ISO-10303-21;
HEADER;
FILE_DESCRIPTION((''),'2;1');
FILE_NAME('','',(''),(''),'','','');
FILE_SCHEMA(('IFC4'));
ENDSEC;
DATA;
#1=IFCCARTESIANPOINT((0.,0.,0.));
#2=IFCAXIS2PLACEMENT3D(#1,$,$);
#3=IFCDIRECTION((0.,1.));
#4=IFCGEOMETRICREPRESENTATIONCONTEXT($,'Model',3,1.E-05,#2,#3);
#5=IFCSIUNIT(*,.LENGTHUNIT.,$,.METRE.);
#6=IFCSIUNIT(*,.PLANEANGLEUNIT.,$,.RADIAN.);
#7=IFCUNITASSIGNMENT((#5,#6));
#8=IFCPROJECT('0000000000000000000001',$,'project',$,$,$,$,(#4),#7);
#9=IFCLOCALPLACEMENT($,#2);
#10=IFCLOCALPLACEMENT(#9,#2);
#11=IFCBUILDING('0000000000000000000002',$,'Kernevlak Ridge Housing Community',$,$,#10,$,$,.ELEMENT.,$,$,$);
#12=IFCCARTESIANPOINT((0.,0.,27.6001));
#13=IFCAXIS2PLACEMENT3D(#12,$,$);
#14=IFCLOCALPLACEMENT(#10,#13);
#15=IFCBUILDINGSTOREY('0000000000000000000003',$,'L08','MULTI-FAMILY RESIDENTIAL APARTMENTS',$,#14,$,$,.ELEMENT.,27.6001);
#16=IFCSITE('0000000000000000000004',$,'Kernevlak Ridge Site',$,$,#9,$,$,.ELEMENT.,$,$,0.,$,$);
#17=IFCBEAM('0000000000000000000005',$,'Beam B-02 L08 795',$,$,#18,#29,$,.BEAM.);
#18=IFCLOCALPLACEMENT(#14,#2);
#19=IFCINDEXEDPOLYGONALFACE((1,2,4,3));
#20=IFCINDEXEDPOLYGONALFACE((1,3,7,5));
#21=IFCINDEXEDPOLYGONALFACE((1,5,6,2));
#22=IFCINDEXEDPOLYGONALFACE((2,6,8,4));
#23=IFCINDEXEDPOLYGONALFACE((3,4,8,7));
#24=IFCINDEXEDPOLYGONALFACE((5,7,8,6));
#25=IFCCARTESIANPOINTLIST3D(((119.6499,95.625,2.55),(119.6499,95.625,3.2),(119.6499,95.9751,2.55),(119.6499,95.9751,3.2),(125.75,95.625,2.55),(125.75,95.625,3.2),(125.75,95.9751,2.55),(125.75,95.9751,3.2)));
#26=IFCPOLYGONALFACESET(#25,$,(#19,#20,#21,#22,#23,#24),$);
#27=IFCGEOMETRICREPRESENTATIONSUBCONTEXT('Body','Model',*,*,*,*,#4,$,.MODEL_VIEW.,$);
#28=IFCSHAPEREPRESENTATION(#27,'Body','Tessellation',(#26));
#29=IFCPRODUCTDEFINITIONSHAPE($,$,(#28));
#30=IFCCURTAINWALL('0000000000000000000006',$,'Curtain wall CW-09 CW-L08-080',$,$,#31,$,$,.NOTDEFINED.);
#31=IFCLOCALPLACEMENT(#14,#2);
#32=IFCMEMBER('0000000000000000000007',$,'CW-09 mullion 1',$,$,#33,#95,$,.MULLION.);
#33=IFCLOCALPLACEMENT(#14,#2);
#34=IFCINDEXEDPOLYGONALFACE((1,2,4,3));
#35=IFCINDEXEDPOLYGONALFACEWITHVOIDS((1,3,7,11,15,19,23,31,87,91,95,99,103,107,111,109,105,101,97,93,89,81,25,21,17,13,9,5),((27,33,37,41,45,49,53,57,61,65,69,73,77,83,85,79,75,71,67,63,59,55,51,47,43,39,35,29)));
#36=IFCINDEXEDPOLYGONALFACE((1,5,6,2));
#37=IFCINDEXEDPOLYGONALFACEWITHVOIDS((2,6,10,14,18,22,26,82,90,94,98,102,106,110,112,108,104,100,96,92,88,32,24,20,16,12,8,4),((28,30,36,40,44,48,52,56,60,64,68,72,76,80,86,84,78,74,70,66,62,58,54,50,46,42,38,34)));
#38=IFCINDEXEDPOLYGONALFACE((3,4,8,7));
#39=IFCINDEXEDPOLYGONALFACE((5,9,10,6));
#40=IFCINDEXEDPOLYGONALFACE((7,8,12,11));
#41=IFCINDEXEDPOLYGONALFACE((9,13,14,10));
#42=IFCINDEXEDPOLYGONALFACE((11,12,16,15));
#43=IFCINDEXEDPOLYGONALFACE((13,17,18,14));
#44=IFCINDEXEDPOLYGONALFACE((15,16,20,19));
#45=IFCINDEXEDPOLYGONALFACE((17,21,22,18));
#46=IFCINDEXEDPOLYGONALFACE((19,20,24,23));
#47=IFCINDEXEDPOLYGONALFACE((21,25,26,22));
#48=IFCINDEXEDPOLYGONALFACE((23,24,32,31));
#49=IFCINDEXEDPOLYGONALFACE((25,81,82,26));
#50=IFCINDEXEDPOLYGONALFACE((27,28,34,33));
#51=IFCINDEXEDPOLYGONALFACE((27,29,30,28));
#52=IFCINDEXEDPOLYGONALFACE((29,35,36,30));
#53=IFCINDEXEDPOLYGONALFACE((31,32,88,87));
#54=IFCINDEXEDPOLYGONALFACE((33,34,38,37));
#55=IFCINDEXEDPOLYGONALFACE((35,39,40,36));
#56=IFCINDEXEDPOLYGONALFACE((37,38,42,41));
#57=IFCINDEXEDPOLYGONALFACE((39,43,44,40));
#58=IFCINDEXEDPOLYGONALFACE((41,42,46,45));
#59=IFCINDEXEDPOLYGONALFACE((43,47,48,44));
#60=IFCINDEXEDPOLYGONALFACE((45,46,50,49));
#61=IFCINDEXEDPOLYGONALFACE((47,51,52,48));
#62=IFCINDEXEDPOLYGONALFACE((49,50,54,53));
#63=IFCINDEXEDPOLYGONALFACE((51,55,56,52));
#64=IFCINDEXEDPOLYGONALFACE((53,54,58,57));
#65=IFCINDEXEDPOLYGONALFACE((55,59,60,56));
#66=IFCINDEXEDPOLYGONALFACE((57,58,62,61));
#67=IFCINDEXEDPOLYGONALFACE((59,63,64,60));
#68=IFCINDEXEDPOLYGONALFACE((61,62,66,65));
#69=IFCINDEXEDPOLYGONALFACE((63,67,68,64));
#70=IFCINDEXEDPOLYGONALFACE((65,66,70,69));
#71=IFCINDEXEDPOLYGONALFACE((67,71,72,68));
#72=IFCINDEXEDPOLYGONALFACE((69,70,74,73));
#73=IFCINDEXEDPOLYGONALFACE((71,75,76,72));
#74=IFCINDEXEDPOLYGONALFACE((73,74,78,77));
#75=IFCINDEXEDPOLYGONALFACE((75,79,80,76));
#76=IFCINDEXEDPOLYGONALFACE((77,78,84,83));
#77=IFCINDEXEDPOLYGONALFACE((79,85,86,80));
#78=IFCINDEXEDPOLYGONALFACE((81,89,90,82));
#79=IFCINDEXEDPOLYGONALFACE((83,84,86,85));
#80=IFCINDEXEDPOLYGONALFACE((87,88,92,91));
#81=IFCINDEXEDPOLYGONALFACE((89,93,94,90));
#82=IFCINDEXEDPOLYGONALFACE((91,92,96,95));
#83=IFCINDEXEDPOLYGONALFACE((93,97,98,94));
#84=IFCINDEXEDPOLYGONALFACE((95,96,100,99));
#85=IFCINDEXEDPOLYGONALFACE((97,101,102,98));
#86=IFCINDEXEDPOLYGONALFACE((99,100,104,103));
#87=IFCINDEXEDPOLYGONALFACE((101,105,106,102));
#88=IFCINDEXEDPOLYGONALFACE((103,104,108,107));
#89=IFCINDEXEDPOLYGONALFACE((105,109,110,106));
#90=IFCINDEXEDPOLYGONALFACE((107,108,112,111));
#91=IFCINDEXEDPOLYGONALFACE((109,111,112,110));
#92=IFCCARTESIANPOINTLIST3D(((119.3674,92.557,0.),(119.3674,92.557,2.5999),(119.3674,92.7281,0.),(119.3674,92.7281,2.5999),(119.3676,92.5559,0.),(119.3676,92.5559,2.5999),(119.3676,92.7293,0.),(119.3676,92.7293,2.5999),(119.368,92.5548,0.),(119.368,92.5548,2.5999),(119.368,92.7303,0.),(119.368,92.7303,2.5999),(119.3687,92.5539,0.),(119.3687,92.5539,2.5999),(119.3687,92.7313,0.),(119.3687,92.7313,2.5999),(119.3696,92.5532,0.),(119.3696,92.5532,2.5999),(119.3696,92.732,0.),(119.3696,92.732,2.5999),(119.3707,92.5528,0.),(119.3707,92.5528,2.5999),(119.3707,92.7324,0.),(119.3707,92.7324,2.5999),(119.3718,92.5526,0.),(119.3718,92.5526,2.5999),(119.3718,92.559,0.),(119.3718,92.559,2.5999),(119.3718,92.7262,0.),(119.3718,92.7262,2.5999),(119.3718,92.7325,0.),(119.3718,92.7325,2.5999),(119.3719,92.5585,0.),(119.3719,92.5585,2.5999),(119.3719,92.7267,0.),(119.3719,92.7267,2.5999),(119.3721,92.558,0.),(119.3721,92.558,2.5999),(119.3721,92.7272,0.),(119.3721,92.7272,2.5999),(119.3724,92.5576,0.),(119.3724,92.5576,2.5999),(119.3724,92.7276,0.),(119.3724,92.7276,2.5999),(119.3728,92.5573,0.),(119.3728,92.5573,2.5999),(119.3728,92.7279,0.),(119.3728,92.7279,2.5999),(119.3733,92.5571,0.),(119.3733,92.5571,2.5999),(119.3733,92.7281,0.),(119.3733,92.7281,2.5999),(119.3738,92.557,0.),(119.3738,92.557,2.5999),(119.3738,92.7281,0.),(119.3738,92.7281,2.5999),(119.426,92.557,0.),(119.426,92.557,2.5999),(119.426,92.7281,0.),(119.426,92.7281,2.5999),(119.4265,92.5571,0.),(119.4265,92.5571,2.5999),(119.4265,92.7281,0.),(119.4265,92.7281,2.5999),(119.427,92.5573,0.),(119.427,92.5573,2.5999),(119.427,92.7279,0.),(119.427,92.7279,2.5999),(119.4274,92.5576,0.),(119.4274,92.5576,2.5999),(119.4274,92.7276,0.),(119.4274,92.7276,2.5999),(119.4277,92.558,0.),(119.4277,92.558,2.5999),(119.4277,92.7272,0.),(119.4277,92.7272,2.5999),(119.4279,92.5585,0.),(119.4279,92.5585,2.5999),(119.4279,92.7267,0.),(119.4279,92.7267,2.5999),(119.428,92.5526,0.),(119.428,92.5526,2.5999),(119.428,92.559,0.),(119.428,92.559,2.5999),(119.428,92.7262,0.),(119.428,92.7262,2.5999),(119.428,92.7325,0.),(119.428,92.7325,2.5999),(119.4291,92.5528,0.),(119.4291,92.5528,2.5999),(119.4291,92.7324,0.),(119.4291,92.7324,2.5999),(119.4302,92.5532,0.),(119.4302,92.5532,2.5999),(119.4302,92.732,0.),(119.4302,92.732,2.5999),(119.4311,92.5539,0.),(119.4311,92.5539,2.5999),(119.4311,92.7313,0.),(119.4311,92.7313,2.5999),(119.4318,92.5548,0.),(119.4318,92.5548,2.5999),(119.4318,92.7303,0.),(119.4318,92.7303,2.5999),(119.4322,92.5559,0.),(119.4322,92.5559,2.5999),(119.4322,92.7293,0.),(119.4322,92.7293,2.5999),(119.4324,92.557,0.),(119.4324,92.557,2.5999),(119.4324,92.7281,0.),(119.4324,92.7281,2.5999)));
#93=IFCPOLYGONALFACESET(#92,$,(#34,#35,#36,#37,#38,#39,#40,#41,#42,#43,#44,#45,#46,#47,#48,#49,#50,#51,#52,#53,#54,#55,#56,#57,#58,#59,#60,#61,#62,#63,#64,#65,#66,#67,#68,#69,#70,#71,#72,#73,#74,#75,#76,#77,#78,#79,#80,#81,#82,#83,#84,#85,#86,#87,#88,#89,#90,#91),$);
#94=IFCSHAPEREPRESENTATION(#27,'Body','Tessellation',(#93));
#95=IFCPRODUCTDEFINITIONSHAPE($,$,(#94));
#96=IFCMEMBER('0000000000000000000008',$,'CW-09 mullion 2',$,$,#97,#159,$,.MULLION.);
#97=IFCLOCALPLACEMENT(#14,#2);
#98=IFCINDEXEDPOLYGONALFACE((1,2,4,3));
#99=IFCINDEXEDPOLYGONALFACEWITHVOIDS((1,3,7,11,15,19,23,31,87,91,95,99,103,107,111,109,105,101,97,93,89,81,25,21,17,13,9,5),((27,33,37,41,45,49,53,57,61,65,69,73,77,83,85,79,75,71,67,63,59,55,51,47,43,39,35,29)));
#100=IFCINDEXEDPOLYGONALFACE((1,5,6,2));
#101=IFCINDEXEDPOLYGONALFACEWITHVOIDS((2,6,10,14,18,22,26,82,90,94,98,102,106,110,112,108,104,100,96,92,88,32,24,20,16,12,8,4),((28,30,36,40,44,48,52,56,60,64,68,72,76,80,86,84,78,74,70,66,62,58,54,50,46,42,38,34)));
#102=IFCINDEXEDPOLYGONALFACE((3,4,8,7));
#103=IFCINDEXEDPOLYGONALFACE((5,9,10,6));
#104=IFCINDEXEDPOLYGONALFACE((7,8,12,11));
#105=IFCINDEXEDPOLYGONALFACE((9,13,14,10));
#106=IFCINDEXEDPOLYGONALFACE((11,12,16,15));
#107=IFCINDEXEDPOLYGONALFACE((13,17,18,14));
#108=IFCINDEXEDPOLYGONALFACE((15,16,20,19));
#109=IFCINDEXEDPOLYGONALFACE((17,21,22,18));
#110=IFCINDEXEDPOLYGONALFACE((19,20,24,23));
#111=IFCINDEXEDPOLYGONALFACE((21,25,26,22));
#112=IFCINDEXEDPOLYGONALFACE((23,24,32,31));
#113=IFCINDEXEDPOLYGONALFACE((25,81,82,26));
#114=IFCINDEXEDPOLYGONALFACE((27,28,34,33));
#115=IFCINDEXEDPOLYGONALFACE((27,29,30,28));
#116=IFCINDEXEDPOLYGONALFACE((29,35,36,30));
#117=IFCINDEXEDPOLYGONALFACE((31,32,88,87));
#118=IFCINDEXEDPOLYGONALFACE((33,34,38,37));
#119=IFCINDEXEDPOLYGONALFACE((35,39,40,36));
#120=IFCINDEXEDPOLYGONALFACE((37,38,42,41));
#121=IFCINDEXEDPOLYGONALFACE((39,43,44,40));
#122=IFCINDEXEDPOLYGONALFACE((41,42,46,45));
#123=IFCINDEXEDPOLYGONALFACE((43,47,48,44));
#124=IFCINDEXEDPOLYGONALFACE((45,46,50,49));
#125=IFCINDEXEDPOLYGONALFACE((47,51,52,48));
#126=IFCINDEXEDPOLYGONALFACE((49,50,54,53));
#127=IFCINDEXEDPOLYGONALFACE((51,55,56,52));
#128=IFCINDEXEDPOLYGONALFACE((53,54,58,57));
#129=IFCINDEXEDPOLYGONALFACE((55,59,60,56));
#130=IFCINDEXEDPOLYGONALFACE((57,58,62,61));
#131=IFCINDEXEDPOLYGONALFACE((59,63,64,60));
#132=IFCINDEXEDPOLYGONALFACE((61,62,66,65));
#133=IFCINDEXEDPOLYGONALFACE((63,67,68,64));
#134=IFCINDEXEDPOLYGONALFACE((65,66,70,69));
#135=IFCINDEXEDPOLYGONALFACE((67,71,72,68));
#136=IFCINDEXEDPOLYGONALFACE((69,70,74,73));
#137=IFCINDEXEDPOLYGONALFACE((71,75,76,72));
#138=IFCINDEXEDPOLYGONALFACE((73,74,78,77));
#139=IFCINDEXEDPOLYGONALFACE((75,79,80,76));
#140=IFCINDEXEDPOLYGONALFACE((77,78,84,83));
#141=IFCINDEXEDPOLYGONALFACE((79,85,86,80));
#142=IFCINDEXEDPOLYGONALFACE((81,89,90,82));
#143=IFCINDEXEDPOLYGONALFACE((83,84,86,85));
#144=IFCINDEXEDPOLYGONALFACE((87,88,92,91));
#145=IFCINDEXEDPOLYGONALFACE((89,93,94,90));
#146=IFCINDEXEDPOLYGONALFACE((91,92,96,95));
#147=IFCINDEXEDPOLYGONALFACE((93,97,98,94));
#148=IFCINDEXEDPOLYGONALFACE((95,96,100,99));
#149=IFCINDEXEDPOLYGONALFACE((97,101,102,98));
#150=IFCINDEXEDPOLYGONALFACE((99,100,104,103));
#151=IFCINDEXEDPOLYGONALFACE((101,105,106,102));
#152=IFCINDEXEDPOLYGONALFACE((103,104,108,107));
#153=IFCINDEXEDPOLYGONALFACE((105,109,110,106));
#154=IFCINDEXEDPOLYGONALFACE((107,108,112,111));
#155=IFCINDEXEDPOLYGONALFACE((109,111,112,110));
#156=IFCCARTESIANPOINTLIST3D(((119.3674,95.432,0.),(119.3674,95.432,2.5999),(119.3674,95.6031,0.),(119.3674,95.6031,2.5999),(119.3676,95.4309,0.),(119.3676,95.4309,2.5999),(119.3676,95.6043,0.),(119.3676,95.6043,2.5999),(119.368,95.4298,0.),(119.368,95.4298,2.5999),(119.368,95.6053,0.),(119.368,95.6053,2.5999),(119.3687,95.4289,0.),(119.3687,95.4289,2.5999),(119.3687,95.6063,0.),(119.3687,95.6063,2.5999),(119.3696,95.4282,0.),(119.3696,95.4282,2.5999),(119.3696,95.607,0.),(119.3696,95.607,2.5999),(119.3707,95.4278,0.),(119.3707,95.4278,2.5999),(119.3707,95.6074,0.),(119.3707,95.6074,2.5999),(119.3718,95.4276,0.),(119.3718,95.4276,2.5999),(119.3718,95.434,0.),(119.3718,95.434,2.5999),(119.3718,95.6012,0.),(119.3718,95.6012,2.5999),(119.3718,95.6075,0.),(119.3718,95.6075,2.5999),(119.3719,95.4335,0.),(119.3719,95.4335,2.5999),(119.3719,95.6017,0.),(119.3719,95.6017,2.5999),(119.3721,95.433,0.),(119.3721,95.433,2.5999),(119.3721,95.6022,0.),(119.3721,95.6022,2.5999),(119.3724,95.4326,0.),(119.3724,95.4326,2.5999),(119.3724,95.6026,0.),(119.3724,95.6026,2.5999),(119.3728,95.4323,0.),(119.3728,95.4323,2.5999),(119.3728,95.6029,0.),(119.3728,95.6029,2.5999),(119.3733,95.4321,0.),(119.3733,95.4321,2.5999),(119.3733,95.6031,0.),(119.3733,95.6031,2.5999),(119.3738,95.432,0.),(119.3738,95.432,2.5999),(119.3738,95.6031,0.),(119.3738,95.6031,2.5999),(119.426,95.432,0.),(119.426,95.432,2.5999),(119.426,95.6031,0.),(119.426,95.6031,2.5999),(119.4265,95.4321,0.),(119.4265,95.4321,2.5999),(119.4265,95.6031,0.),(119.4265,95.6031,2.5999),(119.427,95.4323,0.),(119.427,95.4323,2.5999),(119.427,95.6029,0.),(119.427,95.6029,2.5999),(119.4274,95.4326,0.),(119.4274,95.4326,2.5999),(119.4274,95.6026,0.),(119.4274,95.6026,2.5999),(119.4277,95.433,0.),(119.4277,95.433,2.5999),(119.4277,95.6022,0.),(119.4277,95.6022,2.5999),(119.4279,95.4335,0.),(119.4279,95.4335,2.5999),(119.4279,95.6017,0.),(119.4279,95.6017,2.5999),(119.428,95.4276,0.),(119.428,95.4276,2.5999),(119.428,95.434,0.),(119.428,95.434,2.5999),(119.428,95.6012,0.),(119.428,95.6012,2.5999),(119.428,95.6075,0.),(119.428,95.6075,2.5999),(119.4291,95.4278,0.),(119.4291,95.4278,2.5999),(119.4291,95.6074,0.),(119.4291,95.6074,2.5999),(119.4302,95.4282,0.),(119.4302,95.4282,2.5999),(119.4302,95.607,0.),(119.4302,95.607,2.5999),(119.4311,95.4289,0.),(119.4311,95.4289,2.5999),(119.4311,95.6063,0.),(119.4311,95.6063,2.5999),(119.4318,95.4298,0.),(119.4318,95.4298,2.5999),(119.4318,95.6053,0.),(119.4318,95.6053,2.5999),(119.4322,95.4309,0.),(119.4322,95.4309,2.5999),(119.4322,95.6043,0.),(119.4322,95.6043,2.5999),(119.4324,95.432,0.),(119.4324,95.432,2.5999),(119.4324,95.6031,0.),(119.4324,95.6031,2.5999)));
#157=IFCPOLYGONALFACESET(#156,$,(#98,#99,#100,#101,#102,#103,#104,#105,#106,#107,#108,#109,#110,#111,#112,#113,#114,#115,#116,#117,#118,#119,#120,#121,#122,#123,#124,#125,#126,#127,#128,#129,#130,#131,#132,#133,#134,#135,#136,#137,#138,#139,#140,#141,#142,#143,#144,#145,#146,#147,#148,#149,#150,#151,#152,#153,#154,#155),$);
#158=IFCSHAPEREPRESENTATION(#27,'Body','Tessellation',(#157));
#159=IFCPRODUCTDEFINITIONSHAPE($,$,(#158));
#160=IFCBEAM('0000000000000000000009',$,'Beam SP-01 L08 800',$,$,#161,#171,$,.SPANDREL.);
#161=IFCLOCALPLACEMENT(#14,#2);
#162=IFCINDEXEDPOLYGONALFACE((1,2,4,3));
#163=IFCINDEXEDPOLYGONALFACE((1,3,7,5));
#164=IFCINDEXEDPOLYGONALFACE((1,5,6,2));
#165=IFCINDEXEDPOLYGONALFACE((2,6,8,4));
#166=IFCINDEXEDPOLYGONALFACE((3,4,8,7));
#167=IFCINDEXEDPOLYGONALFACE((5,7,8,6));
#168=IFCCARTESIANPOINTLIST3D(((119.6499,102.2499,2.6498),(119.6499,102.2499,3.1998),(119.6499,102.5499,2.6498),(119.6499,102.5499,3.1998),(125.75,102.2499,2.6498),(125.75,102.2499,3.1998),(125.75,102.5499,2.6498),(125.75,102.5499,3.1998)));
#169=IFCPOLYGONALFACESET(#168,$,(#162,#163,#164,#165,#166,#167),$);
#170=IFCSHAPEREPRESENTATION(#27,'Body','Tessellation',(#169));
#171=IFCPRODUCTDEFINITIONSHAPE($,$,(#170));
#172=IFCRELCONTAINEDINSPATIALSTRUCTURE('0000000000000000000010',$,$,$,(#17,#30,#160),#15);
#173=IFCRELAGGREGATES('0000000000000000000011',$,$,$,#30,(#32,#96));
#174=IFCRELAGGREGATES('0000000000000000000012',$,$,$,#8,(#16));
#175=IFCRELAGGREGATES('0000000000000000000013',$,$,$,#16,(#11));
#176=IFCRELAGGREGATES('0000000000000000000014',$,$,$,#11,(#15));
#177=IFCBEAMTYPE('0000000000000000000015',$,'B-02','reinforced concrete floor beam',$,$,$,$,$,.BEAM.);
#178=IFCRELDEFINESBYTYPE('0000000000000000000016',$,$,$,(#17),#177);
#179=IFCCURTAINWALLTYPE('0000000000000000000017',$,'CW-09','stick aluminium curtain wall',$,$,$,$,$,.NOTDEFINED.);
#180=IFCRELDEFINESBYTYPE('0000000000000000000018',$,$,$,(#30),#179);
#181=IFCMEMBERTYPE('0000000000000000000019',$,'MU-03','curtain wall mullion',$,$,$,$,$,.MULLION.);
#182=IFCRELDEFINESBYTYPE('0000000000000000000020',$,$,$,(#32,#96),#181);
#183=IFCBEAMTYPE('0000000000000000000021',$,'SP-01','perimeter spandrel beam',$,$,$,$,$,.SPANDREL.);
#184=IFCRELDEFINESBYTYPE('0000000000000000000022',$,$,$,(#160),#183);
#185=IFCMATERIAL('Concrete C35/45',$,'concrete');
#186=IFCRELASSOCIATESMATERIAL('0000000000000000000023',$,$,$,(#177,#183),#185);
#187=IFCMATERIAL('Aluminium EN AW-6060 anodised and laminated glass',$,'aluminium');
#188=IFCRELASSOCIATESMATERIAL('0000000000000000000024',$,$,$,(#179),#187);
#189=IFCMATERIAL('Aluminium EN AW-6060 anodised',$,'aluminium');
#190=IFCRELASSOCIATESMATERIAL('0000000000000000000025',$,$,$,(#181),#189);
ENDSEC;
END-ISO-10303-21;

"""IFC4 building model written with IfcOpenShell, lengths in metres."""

from ifc_helpers import new_model, si_unit, direction, frame, origin, origin_2d, place, context, subcontext, project, spatial, rectangle, hollow_rectangle, extrude, material, material_profile, profile_set, type_object, element, aggregate, save


model = new_model("IFC4")

# Units and contexts
model_context = context("Model", 3, precision=1e-05, world=origin(), true_north=direction((0.0, 1.0)))
body_context = subcontext(model_context, "Body", "Model", "MODEL_VIEW")
ifc_project = project(units=[si_unit("LENGTHUNIT", "METRE"), si_unit("PLANEANGLEUNIT", "RADIAN")], contexts=[model_context])

# Site, building, storey
site_placement = place(None, origin())
site = spatial("IfcSite", under=ifc_project, at=site_placement, Name="Kernevlak Ridge Site", CompositionType="ELEMENT", RefElevation=0.0)
building_placement = place(site_placement, origin())
building = spatial("IfcBuilding", under=site, at=building_placement, Name="Kernevlak Ridge Housing Community", CompositionType="ELEMENT")
storey_placement = place(building_placement, frame((0.0, 0.0, 27.6001)))
storey = spatial("IfcBuildingStorey", under=building, at=storey_placement, Name="L08", Description="MULTI-FAMILY RESIDENTIAL APARTMENTS", CompositionType="ELEMENT", Elevation=27.6001)

# Beam
ifc_material_1 = material(Name="Concrete C35/45", Category="concrete")
ifc_material_profile_1 = material_profile(ifc_material_1, rectangle(XDim=0.3501, YDim=0.6499, at=origin_2d()), Name="RC 350x650")
ifc_profile_set_1 = profile_set([ifc_material_profile_1], Name="Concrete C35/45")
beam_type_1 = type_object("IfcBeamType", Name="B-02", Description="reinforced concrete floor beam", PredefinedType="BEAM", material=ifc_profile_set_1)
beam_1_placement = place(storey_placement, frame((119.6499, 95.8, 2.875), z_axis=(1.0, 0.0, 0.0), x_axis=(0.0, 1.0, 0.0)))
element("IfcBeam", 1, at=beam_1_placement, inside=storey, type_object=beam_type_1, Name="Beam B-02 L08 795", PredefinedType="BEAM", context=body_context, shape_type="SweptSolid", body=[
    extrude(rectangle(XDim=0.3501, YDim=0.6499, at=origin_2d()), origin(), (0.0, 0.0, 1.0), 6.1001),
])

# Curtain wall, members
ifc_material_2 = material(Name="Aluminium EN AW-6060 anodised and laminated glass", Category="aluminium")
curtain_wall_type = type_object("IfcCurtainWallType", Name="CW-09", Description="stick aluminium curtain wall", PredefinedType="NOTDEFINED", material=ifc_material_2)
curtain_wall_placement = place(storey_placement, origin())
curtain_wall = element("IfcCurtainWall", 2, at=curtain_wall_placement, inside=storey, type_object=curtain_wall_type, Name="Curtain wall CW-09 CW-L08-080", PredefinedType="NOTDEFINED")
ifc_material_3 = material(Name="Aluminium EN AW-6060 anodised", Category="aluminium")
ifc_material_profile_2 = material_profile(ifc_material_3, hollow_rectangle(XDim=0.0649, YDim=0.1799, WallThickness=0.0044, InnerFilletRadius=0.002, OuterFilletRadius=0.0044, at=origin_2d()), Name="ALU 65x180x4.5")
ifc_profile_set_2 = profile_set([ifc_material_profile_2], Name="Aluminium EN AW-6060 anodised")
member_type_1 = type_object("IfcMemberType", Name="MU-03", Description="curtain wall mullion", PredefinedType="MULLION", material=ifc_profile_set_2)
member_1_placement = place(storey_placement, frame((119.3999, 92.6426, 0.0), z_axis=(0.0, 0.0, 1.0), x_axis=(-1.0, 0.0, 0.0)))
member_1 = element("IfcMember", 3, at=member_1_placement, type_object=member_type_1, Name="CW-09 mullion 1", PredefinedType="MULLION", context=body_context, shape_type="SweptSolid", body=[
    extrude(hollow_rectangle(XDim=0.0649, YDim=0.1799, WallThickness=0.0044, InnerFilletRadius=0.002, OuterFilletRadius=0.0044, at=origin_2d()), origin(), (0.0, 0.0, 1.0), 2.5999),
])
member_2_placement = place(storey_placement, frame((119.3999, 95.5176, 0.0), z_axis=(0.0, 0.0, 1.0), x_axis=(-1.0, 0.0, 0.0)))
member_2 = element("IfcMember", 4, at=member_2_placement, type_object=member_type_1, Name="CW-09 mullion 2", PredefinedType="MULLION", context=body_context, shape_type="SweptSolid", body=[
    extrude(hollow_rectangle(XDim=0.0649, YDim=0.1799, WallThickness=0.0044, InnerFilletRadius=0.002, OuterFilletRadius=0.0044, at=origin_2d()), origin(), (0.0, 0.0, 1.0), 2.5999),
])

# Beam
ifc_material_profile_3 = material_profile(ifc_material_1, rectangle(XDim=0.3, YDim=0.55, at=origin_2d()), Name="RC 300x550")
ifc_profile_set_3 = profile_set([ifc_material_profile_3], Name="Concrete C35/45")
beam_type_2 = type_object("IfcBeamType", Name="SP-01", Description="perimeter spandrel beam", PredefinedType="SPANDREL", material=ifc_profile_set_3)
beam_2_placement = place(storey_placement, frame((119.6499, 102.3999, 2.9248), z_axis=(1.0, 0.0, 0.0), x_axis=(0.0, 1.0, 0.0)))
element("IfcBeam", 5, at=beam_2_placement, inside=storey, type_object=beam_type_2, Name="Beam SP-01 L08 800", PredefinedType="SPANDREL", context=body_context, shape_type="SweptSolid", body=[
    extrude(rectangle(XDim=0.3, YDim=0.55, at=origin_2d()), origin(), (0.0, 0.0, 1.0), 6.1001),
])

aggregate(curtain_wall, [member_1, member_2])

save(model, "model.ifc")
